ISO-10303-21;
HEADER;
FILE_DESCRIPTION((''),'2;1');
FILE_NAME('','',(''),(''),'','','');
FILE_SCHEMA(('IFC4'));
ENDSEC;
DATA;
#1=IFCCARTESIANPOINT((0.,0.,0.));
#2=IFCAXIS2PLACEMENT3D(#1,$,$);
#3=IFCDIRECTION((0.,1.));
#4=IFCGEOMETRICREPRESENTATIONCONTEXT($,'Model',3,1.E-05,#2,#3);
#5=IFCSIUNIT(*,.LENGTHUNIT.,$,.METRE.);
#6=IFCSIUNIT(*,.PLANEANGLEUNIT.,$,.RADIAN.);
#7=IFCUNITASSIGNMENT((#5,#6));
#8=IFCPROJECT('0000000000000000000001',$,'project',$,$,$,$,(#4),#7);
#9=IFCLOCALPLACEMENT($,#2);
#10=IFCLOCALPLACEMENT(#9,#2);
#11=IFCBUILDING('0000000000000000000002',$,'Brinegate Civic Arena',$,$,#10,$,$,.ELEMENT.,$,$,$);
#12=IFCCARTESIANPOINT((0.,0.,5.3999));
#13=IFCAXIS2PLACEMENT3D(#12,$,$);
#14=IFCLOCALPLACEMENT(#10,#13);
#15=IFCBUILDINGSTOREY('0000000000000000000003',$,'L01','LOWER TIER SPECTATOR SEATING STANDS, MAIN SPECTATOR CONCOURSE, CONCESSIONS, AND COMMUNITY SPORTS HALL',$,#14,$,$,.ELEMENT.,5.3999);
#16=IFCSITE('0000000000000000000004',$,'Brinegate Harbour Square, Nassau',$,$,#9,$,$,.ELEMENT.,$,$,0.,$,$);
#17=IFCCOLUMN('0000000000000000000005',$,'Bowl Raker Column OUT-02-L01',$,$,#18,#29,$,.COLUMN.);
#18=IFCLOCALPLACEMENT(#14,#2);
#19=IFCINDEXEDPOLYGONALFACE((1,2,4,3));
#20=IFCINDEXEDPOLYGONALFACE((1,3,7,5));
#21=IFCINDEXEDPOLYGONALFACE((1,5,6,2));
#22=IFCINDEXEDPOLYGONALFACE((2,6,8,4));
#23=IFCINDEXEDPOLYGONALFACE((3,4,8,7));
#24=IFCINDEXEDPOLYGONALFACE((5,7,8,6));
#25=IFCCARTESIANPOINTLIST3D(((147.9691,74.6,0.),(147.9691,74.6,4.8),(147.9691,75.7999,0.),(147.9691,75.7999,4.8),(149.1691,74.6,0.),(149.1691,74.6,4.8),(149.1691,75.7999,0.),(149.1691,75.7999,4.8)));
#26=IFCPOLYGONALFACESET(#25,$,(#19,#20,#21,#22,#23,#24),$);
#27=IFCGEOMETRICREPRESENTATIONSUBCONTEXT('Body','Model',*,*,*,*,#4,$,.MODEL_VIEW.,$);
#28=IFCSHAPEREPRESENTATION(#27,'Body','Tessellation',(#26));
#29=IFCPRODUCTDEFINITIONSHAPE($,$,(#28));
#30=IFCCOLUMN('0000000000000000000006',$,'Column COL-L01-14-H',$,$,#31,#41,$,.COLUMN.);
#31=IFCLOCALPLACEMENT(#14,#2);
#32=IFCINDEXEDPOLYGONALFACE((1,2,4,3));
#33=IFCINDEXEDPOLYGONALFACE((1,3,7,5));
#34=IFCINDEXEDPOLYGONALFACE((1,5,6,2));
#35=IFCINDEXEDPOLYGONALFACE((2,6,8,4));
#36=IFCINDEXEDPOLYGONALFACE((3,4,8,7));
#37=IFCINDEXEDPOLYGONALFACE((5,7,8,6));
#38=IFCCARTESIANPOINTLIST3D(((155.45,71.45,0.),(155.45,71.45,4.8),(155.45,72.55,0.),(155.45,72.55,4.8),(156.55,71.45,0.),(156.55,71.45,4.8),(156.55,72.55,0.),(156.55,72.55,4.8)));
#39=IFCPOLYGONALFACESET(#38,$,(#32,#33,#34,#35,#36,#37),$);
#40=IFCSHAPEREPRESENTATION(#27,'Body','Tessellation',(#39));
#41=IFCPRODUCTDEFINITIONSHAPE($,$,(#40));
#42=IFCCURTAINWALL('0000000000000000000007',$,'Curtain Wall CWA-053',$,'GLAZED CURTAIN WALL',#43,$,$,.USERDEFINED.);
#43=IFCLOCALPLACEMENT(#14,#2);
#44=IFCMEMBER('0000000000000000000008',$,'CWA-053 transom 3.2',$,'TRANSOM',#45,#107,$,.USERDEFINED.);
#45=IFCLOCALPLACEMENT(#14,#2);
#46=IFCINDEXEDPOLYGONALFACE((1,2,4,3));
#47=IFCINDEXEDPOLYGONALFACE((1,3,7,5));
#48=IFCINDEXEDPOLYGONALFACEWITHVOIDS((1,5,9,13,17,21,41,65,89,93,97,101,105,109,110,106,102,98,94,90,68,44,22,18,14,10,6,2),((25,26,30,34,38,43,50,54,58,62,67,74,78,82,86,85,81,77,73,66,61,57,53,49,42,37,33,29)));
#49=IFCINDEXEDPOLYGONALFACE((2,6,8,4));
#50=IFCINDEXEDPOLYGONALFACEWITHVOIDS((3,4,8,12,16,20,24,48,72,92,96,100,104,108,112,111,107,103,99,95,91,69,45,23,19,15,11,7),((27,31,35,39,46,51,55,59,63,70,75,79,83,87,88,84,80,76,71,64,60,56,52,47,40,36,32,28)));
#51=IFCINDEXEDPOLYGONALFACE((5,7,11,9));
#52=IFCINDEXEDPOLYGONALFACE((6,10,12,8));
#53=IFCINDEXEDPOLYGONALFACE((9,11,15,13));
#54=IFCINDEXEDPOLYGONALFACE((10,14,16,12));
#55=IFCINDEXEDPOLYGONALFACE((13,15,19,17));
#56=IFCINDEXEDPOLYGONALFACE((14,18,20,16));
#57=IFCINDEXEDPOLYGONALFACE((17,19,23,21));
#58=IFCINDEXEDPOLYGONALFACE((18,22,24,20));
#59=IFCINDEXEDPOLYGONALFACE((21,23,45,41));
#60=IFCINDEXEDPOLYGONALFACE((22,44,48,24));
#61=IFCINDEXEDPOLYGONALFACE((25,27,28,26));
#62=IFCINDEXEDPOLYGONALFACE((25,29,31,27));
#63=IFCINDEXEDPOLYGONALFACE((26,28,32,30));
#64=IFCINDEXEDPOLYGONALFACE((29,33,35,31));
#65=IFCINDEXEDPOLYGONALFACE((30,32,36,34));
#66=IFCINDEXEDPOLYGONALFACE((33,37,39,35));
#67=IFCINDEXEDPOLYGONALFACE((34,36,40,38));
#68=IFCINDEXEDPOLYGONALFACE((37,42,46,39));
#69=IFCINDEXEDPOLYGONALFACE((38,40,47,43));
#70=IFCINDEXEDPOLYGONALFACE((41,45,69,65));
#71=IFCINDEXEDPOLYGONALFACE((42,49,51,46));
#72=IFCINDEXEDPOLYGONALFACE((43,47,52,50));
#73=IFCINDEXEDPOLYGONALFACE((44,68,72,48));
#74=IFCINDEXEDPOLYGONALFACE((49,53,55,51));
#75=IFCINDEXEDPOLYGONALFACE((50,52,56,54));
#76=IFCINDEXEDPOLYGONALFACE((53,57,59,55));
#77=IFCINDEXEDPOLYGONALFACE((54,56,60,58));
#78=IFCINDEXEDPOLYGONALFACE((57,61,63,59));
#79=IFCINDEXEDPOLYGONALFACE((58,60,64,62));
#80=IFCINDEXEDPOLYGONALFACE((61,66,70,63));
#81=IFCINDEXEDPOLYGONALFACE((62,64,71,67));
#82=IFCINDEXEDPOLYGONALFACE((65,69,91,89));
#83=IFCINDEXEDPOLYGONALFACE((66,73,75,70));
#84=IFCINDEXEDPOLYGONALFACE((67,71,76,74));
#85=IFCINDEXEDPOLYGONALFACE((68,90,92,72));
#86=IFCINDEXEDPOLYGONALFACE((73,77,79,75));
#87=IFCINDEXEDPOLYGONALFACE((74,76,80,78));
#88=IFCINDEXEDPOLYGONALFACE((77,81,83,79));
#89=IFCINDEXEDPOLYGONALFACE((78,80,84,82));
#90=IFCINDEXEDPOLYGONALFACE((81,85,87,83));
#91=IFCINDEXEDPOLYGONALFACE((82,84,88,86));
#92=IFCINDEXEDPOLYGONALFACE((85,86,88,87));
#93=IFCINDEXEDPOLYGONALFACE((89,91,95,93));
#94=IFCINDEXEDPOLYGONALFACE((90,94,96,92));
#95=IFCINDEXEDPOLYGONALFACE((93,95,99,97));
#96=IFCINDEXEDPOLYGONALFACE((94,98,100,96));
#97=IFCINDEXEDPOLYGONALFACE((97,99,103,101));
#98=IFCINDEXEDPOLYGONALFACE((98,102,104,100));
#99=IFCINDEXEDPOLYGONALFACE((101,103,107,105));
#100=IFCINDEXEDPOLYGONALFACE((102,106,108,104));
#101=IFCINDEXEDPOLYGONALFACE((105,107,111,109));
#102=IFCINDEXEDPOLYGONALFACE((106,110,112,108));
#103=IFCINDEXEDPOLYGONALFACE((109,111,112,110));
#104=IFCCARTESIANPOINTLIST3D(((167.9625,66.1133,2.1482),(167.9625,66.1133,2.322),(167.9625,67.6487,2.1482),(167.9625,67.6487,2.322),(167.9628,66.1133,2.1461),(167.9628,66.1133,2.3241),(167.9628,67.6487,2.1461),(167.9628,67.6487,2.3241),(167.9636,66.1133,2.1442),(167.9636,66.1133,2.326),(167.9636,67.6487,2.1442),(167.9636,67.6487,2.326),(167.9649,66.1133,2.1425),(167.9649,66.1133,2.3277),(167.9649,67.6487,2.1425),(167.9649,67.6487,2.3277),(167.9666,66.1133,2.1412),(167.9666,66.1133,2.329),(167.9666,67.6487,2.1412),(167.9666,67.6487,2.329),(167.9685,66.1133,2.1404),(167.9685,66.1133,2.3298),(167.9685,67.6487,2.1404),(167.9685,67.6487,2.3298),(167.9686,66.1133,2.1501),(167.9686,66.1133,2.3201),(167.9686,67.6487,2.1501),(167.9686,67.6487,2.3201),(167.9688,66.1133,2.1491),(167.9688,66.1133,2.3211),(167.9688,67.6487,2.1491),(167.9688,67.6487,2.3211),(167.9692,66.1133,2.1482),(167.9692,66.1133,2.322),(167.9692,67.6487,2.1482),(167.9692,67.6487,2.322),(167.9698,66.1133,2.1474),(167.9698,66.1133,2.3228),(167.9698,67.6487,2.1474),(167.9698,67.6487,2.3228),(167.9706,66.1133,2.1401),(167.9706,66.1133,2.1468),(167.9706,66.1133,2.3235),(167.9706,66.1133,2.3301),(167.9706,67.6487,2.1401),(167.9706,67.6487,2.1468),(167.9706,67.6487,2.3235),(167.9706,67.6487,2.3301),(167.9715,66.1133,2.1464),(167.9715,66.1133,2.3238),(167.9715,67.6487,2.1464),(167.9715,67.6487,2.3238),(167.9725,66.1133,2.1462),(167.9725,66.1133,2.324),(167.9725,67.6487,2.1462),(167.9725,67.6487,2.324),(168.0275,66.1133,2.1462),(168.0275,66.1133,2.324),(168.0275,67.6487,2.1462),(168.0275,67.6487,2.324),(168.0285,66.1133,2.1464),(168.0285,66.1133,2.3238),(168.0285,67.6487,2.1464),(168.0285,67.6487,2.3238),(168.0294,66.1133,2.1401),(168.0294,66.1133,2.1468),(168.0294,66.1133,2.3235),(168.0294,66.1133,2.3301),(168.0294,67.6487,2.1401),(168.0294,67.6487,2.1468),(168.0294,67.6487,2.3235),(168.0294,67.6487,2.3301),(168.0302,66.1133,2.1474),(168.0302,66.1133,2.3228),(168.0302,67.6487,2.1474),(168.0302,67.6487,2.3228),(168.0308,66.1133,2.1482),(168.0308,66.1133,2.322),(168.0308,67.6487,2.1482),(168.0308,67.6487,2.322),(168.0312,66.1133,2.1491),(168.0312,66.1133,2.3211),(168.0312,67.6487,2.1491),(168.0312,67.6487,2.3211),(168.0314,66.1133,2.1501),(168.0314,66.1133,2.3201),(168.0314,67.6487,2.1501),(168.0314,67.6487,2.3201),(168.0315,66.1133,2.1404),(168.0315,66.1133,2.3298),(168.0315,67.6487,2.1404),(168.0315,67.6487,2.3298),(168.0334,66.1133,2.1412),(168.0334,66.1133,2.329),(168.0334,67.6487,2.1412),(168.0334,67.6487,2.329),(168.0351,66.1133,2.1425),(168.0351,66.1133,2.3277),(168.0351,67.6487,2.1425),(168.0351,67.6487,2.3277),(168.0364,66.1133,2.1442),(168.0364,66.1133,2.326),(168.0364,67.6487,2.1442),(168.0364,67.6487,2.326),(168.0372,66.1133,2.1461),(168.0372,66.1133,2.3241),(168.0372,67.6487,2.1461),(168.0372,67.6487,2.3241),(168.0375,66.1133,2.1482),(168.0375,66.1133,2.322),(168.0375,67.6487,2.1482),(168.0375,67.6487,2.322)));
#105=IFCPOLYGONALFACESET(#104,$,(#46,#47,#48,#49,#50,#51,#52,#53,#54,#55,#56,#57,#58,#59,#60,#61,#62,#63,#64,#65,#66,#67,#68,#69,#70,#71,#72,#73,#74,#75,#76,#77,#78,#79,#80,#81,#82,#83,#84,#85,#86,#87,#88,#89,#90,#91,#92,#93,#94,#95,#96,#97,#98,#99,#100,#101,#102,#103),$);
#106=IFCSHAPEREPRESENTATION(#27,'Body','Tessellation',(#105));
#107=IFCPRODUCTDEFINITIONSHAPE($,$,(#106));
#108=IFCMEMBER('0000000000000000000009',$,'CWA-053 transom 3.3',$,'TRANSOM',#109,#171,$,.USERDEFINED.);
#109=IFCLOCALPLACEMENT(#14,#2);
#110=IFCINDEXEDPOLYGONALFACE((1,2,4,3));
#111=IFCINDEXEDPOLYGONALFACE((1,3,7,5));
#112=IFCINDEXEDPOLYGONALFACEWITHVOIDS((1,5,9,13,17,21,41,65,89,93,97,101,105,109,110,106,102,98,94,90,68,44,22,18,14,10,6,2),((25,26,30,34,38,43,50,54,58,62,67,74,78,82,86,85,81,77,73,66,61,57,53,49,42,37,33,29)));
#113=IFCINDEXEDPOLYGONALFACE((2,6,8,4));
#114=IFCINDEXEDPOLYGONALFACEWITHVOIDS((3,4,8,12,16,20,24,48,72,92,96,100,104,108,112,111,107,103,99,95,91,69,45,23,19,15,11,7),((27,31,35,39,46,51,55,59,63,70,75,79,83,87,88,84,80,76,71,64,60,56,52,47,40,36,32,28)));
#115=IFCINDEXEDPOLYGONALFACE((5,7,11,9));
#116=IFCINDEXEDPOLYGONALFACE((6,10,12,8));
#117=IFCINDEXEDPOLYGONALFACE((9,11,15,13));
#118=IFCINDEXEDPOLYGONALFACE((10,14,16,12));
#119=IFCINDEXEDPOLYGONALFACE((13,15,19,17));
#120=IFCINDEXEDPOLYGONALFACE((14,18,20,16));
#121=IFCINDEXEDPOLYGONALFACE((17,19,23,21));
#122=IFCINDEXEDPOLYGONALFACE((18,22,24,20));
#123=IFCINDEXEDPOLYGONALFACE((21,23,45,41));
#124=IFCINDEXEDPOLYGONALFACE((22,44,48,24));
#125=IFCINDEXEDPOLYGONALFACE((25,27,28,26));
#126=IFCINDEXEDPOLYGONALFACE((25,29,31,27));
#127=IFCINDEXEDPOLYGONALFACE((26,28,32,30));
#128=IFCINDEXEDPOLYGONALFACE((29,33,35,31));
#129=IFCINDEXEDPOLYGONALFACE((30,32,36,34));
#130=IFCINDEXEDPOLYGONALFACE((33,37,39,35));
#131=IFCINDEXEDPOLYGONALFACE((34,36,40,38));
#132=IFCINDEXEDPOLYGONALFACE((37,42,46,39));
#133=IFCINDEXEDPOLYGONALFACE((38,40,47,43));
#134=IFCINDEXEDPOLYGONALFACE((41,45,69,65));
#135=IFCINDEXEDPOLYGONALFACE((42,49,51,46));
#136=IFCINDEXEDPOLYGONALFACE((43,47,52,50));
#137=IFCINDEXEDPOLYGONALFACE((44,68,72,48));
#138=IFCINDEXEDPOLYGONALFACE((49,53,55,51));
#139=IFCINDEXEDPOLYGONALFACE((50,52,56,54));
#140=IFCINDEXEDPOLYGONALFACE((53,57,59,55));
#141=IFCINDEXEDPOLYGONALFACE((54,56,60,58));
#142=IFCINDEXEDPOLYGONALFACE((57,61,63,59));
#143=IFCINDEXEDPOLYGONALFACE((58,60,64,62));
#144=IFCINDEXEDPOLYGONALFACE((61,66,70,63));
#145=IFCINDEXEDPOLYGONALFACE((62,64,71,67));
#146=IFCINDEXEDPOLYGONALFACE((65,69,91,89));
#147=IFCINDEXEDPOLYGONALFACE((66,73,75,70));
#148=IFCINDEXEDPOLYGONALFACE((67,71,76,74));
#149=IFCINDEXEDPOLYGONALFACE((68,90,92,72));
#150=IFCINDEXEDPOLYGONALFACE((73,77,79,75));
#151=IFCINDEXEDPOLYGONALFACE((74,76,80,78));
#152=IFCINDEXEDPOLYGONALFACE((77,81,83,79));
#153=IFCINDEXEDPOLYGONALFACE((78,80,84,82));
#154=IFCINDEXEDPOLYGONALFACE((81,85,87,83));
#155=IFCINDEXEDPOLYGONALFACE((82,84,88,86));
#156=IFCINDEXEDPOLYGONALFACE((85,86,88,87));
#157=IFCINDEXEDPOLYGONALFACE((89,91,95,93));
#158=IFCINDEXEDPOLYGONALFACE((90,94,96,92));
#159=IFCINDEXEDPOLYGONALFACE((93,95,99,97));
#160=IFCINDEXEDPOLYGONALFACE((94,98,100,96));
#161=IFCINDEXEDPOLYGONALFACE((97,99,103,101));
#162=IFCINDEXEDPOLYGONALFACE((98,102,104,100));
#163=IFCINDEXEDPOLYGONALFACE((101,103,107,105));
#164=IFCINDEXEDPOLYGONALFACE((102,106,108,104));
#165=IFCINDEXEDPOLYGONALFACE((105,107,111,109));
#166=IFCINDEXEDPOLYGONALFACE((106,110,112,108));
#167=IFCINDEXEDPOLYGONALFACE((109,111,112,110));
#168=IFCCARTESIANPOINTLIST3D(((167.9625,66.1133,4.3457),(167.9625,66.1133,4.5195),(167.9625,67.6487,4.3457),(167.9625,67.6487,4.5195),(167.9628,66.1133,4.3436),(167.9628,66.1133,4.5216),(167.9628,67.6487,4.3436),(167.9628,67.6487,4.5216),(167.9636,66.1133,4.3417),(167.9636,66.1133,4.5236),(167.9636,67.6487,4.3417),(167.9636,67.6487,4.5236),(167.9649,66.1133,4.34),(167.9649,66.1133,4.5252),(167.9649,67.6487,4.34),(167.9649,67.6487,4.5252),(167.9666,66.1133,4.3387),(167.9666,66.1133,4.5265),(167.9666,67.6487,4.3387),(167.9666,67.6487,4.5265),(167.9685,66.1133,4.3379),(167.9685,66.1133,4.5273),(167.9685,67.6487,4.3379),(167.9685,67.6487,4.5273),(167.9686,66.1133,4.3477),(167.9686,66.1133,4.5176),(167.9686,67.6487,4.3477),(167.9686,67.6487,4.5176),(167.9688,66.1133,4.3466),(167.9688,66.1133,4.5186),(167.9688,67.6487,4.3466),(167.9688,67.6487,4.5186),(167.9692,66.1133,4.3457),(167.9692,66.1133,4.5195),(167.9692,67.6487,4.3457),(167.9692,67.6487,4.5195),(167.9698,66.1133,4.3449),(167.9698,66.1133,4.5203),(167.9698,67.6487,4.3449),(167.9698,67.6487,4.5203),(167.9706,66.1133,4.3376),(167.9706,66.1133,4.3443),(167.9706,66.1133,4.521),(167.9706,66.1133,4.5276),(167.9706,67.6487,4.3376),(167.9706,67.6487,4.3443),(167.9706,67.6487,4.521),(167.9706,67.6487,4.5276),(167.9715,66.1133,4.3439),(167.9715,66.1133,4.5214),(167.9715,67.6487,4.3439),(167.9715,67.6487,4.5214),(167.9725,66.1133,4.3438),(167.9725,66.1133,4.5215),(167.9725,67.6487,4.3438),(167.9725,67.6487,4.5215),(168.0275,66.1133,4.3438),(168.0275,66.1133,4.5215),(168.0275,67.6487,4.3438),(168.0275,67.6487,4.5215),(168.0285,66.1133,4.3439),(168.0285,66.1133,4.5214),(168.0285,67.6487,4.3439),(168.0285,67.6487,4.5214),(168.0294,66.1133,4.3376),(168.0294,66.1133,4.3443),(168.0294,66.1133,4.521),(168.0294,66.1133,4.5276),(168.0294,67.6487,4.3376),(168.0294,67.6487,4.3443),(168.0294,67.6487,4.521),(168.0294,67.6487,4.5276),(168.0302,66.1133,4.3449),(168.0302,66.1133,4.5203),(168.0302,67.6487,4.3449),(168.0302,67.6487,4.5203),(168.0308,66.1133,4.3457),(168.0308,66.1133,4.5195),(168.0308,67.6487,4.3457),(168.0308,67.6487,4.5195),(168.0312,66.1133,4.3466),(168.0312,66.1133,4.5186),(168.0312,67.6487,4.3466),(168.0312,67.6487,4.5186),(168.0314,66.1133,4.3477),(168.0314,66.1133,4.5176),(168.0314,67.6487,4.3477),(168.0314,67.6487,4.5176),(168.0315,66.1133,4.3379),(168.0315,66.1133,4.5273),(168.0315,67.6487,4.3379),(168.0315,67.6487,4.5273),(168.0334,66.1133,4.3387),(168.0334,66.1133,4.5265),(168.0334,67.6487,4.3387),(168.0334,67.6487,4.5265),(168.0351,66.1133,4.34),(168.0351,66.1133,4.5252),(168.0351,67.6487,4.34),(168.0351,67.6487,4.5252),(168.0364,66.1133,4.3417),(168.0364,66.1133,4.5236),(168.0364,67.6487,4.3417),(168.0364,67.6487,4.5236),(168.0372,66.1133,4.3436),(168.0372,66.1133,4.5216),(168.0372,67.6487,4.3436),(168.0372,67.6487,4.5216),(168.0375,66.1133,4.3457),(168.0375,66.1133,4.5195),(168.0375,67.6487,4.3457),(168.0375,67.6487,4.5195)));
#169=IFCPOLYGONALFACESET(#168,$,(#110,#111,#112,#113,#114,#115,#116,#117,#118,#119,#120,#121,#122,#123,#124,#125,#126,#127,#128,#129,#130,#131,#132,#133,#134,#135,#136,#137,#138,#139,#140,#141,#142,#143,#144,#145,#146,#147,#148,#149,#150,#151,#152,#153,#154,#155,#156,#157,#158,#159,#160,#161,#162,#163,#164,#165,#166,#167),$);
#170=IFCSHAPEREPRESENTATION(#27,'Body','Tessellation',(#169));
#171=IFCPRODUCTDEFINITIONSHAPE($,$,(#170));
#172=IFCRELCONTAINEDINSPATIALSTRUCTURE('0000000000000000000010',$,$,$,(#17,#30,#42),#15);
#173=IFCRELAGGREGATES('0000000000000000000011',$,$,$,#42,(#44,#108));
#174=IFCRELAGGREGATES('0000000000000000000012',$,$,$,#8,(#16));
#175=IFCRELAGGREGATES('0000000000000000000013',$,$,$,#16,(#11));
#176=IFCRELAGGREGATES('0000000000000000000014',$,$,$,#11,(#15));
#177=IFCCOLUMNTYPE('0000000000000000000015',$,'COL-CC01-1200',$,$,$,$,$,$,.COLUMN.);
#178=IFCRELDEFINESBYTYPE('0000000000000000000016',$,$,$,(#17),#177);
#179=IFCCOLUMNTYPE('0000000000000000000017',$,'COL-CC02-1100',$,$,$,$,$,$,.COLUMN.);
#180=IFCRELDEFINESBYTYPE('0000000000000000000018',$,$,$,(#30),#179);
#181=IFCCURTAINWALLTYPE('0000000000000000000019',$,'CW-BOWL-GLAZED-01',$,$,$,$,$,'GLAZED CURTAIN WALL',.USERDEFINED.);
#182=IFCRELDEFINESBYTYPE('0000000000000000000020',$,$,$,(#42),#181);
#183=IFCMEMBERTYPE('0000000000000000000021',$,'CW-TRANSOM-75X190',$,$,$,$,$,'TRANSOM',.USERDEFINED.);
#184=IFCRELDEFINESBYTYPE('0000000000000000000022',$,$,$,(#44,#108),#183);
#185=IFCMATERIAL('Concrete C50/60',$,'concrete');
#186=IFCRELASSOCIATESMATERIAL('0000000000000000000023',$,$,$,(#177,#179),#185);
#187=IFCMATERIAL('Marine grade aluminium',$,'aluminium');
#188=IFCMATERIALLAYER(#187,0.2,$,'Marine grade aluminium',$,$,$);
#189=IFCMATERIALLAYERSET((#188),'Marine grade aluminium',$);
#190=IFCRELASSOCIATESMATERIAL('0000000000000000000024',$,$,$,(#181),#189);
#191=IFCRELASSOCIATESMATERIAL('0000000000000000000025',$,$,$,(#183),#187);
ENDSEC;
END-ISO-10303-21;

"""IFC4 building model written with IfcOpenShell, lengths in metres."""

from ifc_helpers import new_model, si_unit, direction, frame, origin, origin_2d, place, context, subcontext, project, spatial, rectangle, hollow_rectangle, extrude, material, layer, layer_set, material_profile, profile_set, type_object, element, aggregate, save


model = new_model("IFC4")

# Units and contexts
model_context = context("Model", 3, precision=1e-05, world=origin(), true_north=direction((0.0, 1.0)))
body_context = subcontext(model_context, "Body", "Model", "MODEL_VIEW")
ifc_project = project(units=[si_unit("LENGTHUNIT", "METRE"), si_unit("PLANEANGLEUNIT", "RADIAN")], contexts=[model_context])

# Site, building, storey
site_placement = place(None, origin())
site = spatial("IfcSite", under=ifc_project, at=site_placement, Name="Brinegate Harbour Square, Nassau", CompositionType="ELEMENT", RefElevation=0.0)
building_placement = place(site_placement, origin())
building = spatial("IfcBuilding", under=site, at=building_placement, Name="Brinegate Civic Arena", CompositionType="ELEMENT")
storey_placement = place(building_placement, frame((0.0, 0.0, 5.3999)))
storey = spatial("IfcBuildingStorey", under=building, at=storey_placement, Name="L01", Description="LOWER TIER SPECTATOR SEATING STANDS, MAIN SPECTATOR CONCOURSE, CONCESSIONS, AND COMMUNITY SPORTS HALL", CompositionType="ELEMENT", Elevation=5.3999)

# Columns
ifc_material_1 = material(Name="Concrete C50/60", Category="concrete")
ifc_material_profile_1 = material_profile(ifc_material_1, rectangle(XDim=1.2, YDim=1.2, at=origin_2d()), Name="RC1200X1200")
ifc_profile_set_1 = profile_set([ifc_material_profile_1], Name="Concrete C50/60")
column_type_1 = type_object("IfcColumnType", Name="COL-CC01-1200", PredefinedType="COLUMN", material=ifc_profile_set_1)
column_1_placement = place(storey_placement, frame((148.5691, 75.2, 0.0), z_axis=(0.0, 0.0, 1.0), x_axis=(1.0, 0.0, 0.0)))
element("IfcColumn", 1, at=column_1_placement, inside=storey, type_object=column_type_1, Name="Bowl Raker Column OUT-02-L01", PredefinedType="COLUMN", context=body_context, shape_type="SweptSolid", body=[
    extrude(rectangle(XDim=1.2, YDim=1.2, at=origin_2d()), origin(), (0.0, 0.0, 1.0), 4.8),
])
ifc_material_profile_2 = material_profile(ifc_material_1, rectangle(XDim=1.1001, YDim=1.1001, at=origin_2d()), Name="RC1100X1100")
ifc_profile_set_2 = profile_set([ifc_material_profile_2], Name="Concrete C50/60")
column_type_2 = type_object("IfcColumnType", Name="COL-CC02-1100", PredefinedType="COLUMN", material=ifc_profile_set_2)
column_2_placement = place(storey_placement, frame((156.0, 72.0, 0.0), z_axis=(0.0, 0.0, 1.0), x_axis=(1.0, 0.0, 0.0)))
element("IfcColumn", 2, at=column_2_placement, inside=storey, type_object=column_type_2, Name="Column COL-L01-14-H", PredefinedType="COLUMN", context=body_context, shape_type="SweptSolid", body=[
    extrude(rectangle(XDim=1.1001, YDim=1.1001, at=origin_2d()), origin(), (0.0, 0.0, 1.0), 4.8),
])

# Curtain wall, members
ifc_material_2 = material(Name="Marine grade aluminium", Category="aluminium")
ifc_layer_1 = layer(ifc_material_2, 0.2, Name="Marine grade aluminium")
ifc_layer_set_1 = layer_set([ifc_layer_1], Name="Marine grade aluminium")
curtain_wall_type = type_object("IfcCurtainWallType", Name="CW-BOWL-GLAZED-01", ElementType="GLAZED CURTAIN WALL", PredefinedType="USERDEFINED", material=ifc_layer_set_1)
curtain_wall_placement = place(storey_placement, origin())
curtain_wall = element("IfcCurtainWall", 3, at=curtain_wall_placement, inside=storey, type_object=curtain_wall_type, Name="Curtain Wall CWA-053", ObjectType="GLAZED CURTAIN WALL", PredefinedType="USERDEFINED")
ifc_material_profile_3 = material_profile(ifc_material_2, hollow_rectangle(XDim=0.075, YDim=0.1899, WallThickness=0.0061, InnerFilletRadius=0.0039, OuterFilletRadius=0.0081, at=origin_2d()), Name="TRN75X190")
ifc_profile_set_3 = profile_set([ifc_material_profile_3], Name="Marine grade aluminium")
member_type = type_object("IfcMemberType", Name="CW-TRANSOM-75X190", ElementType="TRANSOM", PredefinedType="USERDEFINED", material=ifc_profile_set_3)
member_1_placement = place(storey_placement, frame((168.0, 66.1133, 2.2351), z_axis=(0.0, 1.0, 0.0), x_axis=(-1.0, 0.0, 0.0)))
member_1 = element("IfcMember", 4, at=member_1_placement, type_object=member_type, Name="CWA-053 transom 3.2", ObjectType="TRANSOM", PredefinedType="USERDEFINED", context=body_context, shape_type="SweptSolid", body=[
    extrude(hollow_rectangle(XDim=0.075, YDim=0.1899, WallThickness=0.0061, InnerFilletRadius=0.0039, OuterFilletRadius=0.0081, at=origin_2d()), origin(), (0.0, 0.0, 1.0), 1.5354),
])
member_2_placement = place(storey_placement, frame((168.0, 66.1133, 4.4326), z_axis=(0.0, 1.0, 0.0), x_axis=(-1.0, 0.0, 0.0)))
member_2 = element("IfcMember", 5, at=member_2_placement, type_object=member_type, Name="CWA-053 transom 3.3", ObjectType="TRANSOM", PredefinedType="USERDEFINED", context=body_context, shape_type="SweptSolid", body=[
    extrude(hollow_rectangle(XDim=0.075, YDim=0.1899, WallThickness=0.0061, InnerFilletRadius=0.0039, OuterFilletRadius=0.0081, at=origin_2d()), origin(), (0.0, 0.0, 1.0), 1.5354),
])
aggregate(curtain_wall, [member_1, member_2])

save(model, "model.ifc")
